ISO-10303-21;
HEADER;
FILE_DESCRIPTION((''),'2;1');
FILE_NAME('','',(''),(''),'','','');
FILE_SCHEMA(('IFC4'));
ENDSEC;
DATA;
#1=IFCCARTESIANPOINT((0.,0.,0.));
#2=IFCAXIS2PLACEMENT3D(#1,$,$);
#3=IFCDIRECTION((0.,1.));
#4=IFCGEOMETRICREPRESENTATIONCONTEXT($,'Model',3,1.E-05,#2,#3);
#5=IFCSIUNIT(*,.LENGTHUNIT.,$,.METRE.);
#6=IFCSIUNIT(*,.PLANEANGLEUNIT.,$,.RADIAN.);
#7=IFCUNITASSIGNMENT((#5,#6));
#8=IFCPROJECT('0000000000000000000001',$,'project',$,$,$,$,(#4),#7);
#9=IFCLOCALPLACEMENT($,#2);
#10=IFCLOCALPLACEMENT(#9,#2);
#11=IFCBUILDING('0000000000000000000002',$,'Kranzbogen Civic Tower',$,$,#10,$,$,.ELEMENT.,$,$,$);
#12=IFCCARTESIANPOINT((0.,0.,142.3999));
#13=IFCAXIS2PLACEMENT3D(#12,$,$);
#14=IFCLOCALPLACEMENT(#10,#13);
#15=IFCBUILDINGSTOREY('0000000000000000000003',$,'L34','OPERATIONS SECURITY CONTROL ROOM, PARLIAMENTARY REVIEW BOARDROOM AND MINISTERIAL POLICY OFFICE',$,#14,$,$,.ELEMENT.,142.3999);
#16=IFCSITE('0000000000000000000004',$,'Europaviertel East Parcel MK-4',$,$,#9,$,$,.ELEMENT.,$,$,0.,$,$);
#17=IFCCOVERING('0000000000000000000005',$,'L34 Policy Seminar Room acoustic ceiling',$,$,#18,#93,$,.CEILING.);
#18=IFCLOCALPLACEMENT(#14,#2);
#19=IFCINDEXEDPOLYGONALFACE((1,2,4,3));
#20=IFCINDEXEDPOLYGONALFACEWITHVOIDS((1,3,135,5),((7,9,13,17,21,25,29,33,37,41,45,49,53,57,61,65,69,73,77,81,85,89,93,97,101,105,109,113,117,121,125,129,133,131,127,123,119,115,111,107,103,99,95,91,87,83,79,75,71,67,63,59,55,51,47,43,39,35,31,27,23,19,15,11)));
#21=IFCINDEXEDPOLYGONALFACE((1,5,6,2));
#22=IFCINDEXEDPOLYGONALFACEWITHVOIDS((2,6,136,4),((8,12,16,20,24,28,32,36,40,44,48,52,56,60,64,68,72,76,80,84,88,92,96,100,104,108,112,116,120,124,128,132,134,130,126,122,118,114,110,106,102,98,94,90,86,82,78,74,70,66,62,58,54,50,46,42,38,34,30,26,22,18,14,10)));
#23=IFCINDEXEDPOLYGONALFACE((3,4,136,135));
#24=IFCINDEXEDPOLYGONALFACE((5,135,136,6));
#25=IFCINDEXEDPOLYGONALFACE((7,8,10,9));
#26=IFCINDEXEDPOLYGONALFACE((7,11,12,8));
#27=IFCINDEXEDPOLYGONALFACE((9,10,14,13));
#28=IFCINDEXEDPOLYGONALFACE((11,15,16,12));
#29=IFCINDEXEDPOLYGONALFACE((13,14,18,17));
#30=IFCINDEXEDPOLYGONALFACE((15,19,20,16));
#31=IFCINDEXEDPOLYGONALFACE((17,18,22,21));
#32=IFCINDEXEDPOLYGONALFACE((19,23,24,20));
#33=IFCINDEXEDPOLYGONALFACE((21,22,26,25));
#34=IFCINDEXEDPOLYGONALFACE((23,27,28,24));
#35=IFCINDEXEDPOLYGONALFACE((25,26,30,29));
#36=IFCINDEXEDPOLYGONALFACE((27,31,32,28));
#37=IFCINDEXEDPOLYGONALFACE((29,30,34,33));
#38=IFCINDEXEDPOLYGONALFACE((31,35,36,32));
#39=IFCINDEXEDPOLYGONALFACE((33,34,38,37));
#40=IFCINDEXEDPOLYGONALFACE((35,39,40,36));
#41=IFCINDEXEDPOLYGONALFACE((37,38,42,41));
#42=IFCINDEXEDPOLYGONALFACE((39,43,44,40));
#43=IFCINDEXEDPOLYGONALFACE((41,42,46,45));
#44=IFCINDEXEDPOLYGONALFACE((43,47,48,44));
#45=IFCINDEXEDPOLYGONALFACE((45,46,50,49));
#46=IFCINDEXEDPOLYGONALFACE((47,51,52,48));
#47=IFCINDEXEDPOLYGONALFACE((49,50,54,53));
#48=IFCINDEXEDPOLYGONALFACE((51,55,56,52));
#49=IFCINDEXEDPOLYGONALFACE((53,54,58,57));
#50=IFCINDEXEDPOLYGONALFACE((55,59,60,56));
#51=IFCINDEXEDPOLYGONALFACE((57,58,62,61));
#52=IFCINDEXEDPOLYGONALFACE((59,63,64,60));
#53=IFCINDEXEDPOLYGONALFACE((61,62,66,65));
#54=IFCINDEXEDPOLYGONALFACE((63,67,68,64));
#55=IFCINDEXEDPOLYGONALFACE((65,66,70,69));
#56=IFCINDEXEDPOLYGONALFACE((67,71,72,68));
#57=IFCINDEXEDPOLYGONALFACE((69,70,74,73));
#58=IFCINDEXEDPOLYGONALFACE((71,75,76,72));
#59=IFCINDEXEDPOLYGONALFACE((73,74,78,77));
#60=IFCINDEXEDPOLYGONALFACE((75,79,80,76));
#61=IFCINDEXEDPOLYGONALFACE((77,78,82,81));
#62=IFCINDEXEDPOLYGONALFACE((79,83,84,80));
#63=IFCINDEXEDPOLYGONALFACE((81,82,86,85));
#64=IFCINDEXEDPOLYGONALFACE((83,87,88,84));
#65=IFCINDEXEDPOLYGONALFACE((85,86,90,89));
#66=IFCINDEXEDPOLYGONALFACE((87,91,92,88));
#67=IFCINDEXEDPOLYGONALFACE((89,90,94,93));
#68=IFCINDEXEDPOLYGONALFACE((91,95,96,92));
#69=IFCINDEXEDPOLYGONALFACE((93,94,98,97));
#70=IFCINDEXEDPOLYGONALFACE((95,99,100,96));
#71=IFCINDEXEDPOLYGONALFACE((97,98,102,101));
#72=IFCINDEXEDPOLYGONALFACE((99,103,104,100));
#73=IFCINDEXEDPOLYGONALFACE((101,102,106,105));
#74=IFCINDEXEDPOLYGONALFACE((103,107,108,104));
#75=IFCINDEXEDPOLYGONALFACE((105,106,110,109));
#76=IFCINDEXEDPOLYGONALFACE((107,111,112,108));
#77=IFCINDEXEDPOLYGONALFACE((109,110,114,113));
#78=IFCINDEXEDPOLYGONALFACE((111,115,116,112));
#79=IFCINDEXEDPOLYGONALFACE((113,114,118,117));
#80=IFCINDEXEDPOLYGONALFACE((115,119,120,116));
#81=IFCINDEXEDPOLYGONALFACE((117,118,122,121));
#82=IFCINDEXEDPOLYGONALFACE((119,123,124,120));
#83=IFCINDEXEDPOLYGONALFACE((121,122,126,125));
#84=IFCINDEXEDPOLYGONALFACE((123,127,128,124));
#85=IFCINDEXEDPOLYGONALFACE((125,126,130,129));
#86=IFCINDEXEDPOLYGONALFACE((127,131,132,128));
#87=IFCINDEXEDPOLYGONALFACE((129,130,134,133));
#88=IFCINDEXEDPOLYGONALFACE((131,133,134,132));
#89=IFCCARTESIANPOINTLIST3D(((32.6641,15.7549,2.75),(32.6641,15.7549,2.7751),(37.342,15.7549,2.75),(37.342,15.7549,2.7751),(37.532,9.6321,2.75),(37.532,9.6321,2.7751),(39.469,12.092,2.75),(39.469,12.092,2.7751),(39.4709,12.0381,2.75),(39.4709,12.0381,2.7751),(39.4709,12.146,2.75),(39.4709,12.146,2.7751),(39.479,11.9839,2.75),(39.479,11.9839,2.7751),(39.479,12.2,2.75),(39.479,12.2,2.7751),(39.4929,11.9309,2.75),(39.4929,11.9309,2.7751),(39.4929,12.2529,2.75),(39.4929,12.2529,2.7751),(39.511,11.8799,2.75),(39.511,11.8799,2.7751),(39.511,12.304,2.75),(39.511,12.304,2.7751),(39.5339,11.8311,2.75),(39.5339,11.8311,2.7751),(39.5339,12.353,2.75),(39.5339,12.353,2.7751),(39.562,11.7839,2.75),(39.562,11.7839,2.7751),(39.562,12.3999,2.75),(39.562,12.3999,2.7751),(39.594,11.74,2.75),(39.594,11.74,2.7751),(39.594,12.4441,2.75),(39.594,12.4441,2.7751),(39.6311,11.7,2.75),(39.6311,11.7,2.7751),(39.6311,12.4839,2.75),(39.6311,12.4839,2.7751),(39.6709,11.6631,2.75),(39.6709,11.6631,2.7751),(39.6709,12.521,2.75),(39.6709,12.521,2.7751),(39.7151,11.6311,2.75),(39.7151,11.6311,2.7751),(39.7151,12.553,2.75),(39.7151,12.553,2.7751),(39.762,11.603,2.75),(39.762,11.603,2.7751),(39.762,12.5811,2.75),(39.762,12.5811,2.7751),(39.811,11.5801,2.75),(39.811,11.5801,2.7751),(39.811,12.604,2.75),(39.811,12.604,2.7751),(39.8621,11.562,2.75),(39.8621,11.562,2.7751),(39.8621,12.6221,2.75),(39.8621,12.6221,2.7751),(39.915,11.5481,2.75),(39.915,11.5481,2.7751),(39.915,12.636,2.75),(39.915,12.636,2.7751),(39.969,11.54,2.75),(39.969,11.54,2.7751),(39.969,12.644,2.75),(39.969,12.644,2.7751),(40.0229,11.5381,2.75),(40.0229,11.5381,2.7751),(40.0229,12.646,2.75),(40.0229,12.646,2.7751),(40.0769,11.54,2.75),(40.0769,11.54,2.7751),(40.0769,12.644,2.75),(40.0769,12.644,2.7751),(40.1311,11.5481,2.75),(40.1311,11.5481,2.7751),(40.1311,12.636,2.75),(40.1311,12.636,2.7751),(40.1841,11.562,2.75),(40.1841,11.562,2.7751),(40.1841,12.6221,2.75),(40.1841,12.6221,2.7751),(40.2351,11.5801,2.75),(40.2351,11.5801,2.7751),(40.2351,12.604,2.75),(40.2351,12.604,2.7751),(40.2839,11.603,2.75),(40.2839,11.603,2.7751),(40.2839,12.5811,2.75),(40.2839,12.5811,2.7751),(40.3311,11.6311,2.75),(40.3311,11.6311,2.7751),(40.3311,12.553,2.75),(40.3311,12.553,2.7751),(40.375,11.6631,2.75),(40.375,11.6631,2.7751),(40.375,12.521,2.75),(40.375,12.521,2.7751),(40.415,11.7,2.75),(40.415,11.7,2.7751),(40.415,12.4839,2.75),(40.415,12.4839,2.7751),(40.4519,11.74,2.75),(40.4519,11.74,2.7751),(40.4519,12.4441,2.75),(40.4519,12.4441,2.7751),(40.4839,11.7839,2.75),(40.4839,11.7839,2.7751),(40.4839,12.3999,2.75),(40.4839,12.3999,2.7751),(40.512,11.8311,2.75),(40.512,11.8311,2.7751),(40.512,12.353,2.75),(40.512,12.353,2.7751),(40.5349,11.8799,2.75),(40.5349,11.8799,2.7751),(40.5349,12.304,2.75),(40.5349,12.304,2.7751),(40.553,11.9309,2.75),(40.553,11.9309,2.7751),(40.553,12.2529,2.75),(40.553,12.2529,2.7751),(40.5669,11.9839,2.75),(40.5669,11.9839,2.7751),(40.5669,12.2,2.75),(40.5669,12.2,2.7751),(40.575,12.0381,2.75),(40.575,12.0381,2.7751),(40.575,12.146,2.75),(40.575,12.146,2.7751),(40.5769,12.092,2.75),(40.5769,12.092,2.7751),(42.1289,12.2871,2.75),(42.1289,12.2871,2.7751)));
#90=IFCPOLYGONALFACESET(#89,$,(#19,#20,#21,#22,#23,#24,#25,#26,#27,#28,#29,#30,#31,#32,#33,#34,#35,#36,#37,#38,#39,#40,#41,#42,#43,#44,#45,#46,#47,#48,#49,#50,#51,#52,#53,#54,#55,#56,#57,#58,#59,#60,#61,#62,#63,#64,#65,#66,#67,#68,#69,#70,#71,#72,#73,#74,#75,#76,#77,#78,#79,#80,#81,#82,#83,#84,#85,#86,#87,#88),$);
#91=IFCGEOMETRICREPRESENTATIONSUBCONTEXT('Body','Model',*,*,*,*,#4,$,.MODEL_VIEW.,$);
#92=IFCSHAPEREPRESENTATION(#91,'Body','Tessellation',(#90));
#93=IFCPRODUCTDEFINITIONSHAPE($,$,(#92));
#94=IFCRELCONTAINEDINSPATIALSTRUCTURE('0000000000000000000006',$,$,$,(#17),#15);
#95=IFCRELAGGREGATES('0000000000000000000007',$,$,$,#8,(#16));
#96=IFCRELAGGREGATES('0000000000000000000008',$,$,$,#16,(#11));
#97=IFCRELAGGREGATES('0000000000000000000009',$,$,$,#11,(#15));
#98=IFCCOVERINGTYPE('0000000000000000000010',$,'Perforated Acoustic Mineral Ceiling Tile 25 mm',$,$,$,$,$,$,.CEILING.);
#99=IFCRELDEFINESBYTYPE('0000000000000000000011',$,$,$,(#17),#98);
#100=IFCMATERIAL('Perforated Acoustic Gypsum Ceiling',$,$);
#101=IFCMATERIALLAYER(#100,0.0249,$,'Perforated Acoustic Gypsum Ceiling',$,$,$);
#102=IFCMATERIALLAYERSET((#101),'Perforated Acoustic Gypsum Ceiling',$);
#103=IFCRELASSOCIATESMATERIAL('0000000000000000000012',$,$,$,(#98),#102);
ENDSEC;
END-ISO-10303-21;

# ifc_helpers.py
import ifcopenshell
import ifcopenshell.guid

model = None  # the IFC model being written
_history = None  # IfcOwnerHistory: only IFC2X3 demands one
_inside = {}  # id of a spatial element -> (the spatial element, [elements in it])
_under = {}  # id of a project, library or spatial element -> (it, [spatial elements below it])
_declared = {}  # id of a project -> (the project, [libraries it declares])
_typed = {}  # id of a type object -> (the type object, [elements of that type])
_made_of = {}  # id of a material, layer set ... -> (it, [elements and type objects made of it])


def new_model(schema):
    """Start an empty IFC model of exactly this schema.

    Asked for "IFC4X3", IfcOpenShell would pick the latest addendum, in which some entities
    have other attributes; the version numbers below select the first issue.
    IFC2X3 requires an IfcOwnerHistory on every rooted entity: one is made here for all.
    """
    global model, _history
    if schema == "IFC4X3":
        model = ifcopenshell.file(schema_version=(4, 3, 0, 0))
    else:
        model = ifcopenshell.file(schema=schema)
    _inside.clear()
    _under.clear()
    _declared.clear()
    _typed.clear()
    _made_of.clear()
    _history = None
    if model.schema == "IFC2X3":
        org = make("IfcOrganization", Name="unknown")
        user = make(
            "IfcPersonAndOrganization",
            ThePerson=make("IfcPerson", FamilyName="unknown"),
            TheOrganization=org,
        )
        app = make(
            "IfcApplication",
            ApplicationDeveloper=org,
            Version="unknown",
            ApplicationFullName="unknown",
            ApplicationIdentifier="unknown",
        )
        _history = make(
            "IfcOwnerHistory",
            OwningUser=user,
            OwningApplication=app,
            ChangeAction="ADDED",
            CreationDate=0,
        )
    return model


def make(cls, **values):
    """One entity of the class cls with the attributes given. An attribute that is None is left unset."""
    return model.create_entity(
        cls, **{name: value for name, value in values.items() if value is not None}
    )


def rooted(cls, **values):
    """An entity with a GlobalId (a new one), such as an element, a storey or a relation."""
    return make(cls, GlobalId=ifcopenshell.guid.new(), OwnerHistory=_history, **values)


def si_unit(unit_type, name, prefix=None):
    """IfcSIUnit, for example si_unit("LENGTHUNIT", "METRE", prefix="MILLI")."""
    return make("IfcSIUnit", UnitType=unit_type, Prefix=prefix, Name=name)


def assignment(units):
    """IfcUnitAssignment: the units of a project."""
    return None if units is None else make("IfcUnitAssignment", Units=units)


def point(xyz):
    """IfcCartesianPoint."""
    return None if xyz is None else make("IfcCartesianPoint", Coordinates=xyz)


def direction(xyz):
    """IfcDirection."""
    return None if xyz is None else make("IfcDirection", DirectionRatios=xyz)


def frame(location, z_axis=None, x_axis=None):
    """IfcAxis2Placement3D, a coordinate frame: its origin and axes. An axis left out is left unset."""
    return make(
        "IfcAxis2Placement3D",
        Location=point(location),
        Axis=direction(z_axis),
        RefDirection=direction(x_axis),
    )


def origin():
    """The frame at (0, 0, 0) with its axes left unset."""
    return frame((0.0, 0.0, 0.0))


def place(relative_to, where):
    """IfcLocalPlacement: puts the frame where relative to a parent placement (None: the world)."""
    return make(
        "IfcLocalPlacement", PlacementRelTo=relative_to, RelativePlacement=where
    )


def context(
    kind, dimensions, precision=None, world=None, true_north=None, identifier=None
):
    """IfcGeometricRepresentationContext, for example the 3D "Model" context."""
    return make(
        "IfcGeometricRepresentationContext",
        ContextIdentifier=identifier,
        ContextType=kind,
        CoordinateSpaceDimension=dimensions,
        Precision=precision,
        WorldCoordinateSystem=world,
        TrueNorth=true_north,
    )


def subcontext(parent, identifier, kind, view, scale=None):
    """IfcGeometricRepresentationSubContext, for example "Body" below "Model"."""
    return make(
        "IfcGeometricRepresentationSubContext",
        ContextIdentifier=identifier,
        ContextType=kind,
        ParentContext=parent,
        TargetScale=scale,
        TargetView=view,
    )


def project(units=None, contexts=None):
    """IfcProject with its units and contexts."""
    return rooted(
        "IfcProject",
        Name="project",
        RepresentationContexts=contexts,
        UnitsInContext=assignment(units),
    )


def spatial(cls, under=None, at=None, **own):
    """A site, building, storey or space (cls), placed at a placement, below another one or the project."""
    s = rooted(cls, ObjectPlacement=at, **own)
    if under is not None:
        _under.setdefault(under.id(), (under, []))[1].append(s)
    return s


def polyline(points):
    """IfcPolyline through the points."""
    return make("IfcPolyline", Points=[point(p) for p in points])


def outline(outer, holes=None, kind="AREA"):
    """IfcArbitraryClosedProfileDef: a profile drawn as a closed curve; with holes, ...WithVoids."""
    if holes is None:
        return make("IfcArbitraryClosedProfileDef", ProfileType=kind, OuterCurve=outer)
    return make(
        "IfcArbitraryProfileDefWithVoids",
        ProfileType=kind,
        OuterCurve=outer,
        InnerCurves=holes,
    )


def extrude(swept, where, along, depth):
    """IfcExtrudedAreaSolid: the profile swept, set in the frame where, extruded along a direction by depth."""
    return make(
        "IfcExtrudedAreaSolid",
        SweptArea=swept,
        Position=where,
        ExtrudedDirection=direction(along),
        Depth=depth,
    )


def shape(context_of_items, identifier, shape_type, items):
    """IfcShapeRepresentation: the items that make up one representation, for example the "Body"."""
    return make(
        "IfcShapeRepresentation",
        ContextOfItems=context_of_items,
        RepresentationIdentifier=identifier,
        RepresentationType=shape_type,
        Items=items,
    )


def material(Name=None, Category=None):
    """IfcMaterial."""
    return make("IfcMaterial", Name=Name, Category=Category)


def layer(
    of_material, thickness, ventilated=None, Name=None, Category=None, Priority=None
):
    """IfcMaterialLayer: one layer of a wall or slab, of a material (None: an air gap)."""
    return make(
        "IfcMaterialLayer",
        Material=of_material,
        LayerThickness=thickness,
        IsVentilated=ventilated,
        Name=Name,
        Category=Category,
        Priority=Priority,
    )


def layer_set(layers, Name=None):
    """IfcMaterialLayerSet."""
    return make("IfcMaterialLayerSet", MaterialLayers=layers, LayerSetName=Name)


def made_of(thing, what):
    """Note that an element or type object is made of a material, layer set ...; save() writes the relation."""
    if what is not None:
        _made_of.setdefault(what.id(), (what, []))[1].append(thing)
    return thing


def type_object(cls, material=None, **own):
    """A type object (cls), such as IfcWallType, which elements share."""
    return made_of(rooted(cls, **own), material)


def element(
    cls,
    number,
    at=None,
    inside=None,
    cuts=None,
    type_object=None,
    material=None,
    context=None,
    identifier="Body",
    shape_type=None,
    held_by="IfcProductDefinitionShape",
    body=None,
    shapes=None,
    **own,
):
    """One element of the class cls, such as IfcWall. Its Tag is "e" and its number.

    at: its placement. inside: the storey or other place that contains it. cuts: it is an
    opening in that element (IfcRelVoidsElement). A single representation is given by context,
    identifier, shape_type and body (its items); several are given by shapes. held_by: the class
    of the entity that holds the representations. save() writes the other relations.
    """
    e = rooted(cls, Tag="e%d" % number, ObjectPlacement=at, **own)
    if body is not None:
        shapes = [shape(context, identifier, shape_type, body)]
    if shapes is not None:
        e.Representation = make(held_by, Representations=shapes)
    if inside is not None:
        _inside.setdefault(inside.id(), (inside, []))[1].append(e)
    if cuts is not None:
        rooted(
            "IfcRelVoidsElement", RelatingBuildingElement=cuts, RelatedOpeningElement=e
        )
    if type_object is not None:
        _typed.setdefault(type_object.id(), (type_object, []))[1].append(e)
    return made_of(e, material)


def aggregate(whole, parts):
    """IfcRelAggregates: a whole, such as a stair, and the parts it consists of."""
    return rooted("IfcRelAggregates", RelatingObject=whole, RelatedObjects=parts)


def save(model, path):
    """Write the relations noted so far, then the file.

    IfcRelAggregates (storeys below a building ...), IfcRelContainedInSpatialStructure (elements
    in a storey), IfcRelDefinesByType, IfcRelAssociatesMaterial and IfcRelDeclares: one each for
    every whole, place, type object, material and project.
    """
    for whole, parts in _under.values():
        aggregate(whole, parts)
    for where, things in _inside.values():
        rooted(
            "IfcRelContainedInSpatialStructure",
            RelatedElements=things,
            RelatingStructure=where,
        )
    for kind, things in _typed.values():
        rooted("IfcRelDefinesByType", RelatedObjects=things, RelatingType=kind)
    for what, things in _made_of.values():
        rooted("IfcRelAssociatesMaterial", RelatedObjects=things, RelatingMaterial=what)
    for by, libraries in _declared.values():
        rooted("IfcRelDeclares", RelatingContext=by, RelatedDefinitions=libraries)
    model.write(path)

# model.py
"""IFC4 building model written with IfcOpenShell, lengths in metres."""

from ifc_helpers import new_model, si_unit, direction, frame, origin, place, context, subcontext, project, spatial, polyline, outline, extrude, material, layer, layer_set, type_object, element, save


model = new_model("IFC4")

# Units and contexts
model_context = context("Model", 3, precision=1e-05, world=origin(), true_north=direction((0.0, 1.0)))
body_context = subcontext(model_context, "Body", "Model", "MODEL_VIEW")
ifc_project = project(units=[si_unit("LENGTHUNIT", "METRE"), si_unit("PLANEANGLEUNIT", "RADIAN")], contexts=[model_context])

# Site, building, storey
site_placement = place(None, origin())
site = spatial("IfcSite", under=ifc_project, at=site_placement, Name="Europaviertel East Parcel MK-4", CompositionType="ELEMENT", RefElevation=0.0)
building_placement = place(site_placement, origin())
building = spatial("IfcBuilding", under=site, at=building_placement, Name="Kranzbogen Civic Tower", CompositionType="ELEMENT")
storey_placement = place(building_placement, frame((0.0, 0.0, 142.3999)))
storey = spatial("IfcBuildingStorey", under=building, at=storey_placement, Name="L34", Description="OPERATIONS SECURITY CONTROL ROOM, PARLIAMENTARY REVIEW BOARDROOM AND MINISTERIAL POLICY OFFICE", CompositionType="ELEMENT", Elevation=142.3999)

# Covering
ifc_material_1 = material(Name="Perforated Acoustic Gypsum Ceiling")
ifc_layer_1 = layer(ifc_material_1, 0.0249, Name="Perforated Acoustic Gypsum Ceiling")
ifc_layer_set_1 = layer_set([ifc_layer_1], Name="Perforated Acoustic Gypsum Ceiling")
covering_type = type_object("IfcCoveringType", Name="Perforated Acoustic Mineral Ceiling Tile 25 mm", PredefinedType="CEILING", material=ifc_layer_set_1)
covering_1_placement = place(storey_placement, frame((0.0, 0.0, 2.75)))
element("IfcCovering", 1, at=covering_1_placement, inside=storey, type_object=covering_type, Name="L34 Policy Seminar Room acoustic ceiling", PredefinedType="CEILING", context=body_context, shape_type="SweptSolid", body=[
    extrude(outline(polyline([(32.6641, 15.7549), (37.342, 15.7549), (42.1289, 12.2871), (37.532, 9.6321), (32.6641, 15.7549)]), holes=[polyline([(40.5349, 11.8799), (40.512, 11.8311), (40.4839, 11.7839), (40.4519, 11.74), (40.415, 11.7), (40.375, 11.6631), (40.3311, 11.6311), (40.2839, 11.603), (40.2351, 11.5801), (40.1841, 11.562), (40.1311, 11.5481), (40.0769, 11.54), (40.0229, 11.5381), (39.969, 11.54), (39.915, 11.5481), (39.8621, 11.562), (39.811, 11.5801), (39.762, 11.603), (39.7151, 11.6311), (39.6709, 11.6631), (39.6311, 11.7), (39.594, 11.74), (39.562, 11.7839), (39.5339, 11.8311), (39.511, 11.8799), (39.4929, 11.9309), (39.479, 11.9839), (39.4709, 12.0381), (39.469, 12.092), (39.4709, 12.146), (39.479, 12.2), (39.4929, 12.2529), (39.511, 12.304), (39.5339, 12.353), (39.562, 12.3999), (39.594, 12.4441), (39.6311, 12.4839), (39.6709, 12.521), (39.7151, 12.553), (39.762, 12.5811), (39.811, 12.604), (39.8621, 12.6221), (39.915, 12.636), (39.969, 12.644), (40.0229, 12.646), (40.0769, 12.644), (40.1311, 12.636), (40.1841, 12.6221), (40.2351, 12.604), (40.2839, 12.5811), (40.3311, 12.553), (40.375, 12.521), (40.415, 12.4839), (40.4519, 12.4441), (40.4839, 12.3999), (40.512, 12.353), (40.5349, 12.304), (40.553, 12.2529), (40.5669, 12.2), (40.575, 12.146), (40.5769, 12.092), (40.575, 12.0381), (40.5669, 11.9839), (40.553, 11.9309), (40.5349, 11.8799)])]), origin(), (0.0, 0.0, 1.0), 0.0251),
])

save(model, "model.ifc")
